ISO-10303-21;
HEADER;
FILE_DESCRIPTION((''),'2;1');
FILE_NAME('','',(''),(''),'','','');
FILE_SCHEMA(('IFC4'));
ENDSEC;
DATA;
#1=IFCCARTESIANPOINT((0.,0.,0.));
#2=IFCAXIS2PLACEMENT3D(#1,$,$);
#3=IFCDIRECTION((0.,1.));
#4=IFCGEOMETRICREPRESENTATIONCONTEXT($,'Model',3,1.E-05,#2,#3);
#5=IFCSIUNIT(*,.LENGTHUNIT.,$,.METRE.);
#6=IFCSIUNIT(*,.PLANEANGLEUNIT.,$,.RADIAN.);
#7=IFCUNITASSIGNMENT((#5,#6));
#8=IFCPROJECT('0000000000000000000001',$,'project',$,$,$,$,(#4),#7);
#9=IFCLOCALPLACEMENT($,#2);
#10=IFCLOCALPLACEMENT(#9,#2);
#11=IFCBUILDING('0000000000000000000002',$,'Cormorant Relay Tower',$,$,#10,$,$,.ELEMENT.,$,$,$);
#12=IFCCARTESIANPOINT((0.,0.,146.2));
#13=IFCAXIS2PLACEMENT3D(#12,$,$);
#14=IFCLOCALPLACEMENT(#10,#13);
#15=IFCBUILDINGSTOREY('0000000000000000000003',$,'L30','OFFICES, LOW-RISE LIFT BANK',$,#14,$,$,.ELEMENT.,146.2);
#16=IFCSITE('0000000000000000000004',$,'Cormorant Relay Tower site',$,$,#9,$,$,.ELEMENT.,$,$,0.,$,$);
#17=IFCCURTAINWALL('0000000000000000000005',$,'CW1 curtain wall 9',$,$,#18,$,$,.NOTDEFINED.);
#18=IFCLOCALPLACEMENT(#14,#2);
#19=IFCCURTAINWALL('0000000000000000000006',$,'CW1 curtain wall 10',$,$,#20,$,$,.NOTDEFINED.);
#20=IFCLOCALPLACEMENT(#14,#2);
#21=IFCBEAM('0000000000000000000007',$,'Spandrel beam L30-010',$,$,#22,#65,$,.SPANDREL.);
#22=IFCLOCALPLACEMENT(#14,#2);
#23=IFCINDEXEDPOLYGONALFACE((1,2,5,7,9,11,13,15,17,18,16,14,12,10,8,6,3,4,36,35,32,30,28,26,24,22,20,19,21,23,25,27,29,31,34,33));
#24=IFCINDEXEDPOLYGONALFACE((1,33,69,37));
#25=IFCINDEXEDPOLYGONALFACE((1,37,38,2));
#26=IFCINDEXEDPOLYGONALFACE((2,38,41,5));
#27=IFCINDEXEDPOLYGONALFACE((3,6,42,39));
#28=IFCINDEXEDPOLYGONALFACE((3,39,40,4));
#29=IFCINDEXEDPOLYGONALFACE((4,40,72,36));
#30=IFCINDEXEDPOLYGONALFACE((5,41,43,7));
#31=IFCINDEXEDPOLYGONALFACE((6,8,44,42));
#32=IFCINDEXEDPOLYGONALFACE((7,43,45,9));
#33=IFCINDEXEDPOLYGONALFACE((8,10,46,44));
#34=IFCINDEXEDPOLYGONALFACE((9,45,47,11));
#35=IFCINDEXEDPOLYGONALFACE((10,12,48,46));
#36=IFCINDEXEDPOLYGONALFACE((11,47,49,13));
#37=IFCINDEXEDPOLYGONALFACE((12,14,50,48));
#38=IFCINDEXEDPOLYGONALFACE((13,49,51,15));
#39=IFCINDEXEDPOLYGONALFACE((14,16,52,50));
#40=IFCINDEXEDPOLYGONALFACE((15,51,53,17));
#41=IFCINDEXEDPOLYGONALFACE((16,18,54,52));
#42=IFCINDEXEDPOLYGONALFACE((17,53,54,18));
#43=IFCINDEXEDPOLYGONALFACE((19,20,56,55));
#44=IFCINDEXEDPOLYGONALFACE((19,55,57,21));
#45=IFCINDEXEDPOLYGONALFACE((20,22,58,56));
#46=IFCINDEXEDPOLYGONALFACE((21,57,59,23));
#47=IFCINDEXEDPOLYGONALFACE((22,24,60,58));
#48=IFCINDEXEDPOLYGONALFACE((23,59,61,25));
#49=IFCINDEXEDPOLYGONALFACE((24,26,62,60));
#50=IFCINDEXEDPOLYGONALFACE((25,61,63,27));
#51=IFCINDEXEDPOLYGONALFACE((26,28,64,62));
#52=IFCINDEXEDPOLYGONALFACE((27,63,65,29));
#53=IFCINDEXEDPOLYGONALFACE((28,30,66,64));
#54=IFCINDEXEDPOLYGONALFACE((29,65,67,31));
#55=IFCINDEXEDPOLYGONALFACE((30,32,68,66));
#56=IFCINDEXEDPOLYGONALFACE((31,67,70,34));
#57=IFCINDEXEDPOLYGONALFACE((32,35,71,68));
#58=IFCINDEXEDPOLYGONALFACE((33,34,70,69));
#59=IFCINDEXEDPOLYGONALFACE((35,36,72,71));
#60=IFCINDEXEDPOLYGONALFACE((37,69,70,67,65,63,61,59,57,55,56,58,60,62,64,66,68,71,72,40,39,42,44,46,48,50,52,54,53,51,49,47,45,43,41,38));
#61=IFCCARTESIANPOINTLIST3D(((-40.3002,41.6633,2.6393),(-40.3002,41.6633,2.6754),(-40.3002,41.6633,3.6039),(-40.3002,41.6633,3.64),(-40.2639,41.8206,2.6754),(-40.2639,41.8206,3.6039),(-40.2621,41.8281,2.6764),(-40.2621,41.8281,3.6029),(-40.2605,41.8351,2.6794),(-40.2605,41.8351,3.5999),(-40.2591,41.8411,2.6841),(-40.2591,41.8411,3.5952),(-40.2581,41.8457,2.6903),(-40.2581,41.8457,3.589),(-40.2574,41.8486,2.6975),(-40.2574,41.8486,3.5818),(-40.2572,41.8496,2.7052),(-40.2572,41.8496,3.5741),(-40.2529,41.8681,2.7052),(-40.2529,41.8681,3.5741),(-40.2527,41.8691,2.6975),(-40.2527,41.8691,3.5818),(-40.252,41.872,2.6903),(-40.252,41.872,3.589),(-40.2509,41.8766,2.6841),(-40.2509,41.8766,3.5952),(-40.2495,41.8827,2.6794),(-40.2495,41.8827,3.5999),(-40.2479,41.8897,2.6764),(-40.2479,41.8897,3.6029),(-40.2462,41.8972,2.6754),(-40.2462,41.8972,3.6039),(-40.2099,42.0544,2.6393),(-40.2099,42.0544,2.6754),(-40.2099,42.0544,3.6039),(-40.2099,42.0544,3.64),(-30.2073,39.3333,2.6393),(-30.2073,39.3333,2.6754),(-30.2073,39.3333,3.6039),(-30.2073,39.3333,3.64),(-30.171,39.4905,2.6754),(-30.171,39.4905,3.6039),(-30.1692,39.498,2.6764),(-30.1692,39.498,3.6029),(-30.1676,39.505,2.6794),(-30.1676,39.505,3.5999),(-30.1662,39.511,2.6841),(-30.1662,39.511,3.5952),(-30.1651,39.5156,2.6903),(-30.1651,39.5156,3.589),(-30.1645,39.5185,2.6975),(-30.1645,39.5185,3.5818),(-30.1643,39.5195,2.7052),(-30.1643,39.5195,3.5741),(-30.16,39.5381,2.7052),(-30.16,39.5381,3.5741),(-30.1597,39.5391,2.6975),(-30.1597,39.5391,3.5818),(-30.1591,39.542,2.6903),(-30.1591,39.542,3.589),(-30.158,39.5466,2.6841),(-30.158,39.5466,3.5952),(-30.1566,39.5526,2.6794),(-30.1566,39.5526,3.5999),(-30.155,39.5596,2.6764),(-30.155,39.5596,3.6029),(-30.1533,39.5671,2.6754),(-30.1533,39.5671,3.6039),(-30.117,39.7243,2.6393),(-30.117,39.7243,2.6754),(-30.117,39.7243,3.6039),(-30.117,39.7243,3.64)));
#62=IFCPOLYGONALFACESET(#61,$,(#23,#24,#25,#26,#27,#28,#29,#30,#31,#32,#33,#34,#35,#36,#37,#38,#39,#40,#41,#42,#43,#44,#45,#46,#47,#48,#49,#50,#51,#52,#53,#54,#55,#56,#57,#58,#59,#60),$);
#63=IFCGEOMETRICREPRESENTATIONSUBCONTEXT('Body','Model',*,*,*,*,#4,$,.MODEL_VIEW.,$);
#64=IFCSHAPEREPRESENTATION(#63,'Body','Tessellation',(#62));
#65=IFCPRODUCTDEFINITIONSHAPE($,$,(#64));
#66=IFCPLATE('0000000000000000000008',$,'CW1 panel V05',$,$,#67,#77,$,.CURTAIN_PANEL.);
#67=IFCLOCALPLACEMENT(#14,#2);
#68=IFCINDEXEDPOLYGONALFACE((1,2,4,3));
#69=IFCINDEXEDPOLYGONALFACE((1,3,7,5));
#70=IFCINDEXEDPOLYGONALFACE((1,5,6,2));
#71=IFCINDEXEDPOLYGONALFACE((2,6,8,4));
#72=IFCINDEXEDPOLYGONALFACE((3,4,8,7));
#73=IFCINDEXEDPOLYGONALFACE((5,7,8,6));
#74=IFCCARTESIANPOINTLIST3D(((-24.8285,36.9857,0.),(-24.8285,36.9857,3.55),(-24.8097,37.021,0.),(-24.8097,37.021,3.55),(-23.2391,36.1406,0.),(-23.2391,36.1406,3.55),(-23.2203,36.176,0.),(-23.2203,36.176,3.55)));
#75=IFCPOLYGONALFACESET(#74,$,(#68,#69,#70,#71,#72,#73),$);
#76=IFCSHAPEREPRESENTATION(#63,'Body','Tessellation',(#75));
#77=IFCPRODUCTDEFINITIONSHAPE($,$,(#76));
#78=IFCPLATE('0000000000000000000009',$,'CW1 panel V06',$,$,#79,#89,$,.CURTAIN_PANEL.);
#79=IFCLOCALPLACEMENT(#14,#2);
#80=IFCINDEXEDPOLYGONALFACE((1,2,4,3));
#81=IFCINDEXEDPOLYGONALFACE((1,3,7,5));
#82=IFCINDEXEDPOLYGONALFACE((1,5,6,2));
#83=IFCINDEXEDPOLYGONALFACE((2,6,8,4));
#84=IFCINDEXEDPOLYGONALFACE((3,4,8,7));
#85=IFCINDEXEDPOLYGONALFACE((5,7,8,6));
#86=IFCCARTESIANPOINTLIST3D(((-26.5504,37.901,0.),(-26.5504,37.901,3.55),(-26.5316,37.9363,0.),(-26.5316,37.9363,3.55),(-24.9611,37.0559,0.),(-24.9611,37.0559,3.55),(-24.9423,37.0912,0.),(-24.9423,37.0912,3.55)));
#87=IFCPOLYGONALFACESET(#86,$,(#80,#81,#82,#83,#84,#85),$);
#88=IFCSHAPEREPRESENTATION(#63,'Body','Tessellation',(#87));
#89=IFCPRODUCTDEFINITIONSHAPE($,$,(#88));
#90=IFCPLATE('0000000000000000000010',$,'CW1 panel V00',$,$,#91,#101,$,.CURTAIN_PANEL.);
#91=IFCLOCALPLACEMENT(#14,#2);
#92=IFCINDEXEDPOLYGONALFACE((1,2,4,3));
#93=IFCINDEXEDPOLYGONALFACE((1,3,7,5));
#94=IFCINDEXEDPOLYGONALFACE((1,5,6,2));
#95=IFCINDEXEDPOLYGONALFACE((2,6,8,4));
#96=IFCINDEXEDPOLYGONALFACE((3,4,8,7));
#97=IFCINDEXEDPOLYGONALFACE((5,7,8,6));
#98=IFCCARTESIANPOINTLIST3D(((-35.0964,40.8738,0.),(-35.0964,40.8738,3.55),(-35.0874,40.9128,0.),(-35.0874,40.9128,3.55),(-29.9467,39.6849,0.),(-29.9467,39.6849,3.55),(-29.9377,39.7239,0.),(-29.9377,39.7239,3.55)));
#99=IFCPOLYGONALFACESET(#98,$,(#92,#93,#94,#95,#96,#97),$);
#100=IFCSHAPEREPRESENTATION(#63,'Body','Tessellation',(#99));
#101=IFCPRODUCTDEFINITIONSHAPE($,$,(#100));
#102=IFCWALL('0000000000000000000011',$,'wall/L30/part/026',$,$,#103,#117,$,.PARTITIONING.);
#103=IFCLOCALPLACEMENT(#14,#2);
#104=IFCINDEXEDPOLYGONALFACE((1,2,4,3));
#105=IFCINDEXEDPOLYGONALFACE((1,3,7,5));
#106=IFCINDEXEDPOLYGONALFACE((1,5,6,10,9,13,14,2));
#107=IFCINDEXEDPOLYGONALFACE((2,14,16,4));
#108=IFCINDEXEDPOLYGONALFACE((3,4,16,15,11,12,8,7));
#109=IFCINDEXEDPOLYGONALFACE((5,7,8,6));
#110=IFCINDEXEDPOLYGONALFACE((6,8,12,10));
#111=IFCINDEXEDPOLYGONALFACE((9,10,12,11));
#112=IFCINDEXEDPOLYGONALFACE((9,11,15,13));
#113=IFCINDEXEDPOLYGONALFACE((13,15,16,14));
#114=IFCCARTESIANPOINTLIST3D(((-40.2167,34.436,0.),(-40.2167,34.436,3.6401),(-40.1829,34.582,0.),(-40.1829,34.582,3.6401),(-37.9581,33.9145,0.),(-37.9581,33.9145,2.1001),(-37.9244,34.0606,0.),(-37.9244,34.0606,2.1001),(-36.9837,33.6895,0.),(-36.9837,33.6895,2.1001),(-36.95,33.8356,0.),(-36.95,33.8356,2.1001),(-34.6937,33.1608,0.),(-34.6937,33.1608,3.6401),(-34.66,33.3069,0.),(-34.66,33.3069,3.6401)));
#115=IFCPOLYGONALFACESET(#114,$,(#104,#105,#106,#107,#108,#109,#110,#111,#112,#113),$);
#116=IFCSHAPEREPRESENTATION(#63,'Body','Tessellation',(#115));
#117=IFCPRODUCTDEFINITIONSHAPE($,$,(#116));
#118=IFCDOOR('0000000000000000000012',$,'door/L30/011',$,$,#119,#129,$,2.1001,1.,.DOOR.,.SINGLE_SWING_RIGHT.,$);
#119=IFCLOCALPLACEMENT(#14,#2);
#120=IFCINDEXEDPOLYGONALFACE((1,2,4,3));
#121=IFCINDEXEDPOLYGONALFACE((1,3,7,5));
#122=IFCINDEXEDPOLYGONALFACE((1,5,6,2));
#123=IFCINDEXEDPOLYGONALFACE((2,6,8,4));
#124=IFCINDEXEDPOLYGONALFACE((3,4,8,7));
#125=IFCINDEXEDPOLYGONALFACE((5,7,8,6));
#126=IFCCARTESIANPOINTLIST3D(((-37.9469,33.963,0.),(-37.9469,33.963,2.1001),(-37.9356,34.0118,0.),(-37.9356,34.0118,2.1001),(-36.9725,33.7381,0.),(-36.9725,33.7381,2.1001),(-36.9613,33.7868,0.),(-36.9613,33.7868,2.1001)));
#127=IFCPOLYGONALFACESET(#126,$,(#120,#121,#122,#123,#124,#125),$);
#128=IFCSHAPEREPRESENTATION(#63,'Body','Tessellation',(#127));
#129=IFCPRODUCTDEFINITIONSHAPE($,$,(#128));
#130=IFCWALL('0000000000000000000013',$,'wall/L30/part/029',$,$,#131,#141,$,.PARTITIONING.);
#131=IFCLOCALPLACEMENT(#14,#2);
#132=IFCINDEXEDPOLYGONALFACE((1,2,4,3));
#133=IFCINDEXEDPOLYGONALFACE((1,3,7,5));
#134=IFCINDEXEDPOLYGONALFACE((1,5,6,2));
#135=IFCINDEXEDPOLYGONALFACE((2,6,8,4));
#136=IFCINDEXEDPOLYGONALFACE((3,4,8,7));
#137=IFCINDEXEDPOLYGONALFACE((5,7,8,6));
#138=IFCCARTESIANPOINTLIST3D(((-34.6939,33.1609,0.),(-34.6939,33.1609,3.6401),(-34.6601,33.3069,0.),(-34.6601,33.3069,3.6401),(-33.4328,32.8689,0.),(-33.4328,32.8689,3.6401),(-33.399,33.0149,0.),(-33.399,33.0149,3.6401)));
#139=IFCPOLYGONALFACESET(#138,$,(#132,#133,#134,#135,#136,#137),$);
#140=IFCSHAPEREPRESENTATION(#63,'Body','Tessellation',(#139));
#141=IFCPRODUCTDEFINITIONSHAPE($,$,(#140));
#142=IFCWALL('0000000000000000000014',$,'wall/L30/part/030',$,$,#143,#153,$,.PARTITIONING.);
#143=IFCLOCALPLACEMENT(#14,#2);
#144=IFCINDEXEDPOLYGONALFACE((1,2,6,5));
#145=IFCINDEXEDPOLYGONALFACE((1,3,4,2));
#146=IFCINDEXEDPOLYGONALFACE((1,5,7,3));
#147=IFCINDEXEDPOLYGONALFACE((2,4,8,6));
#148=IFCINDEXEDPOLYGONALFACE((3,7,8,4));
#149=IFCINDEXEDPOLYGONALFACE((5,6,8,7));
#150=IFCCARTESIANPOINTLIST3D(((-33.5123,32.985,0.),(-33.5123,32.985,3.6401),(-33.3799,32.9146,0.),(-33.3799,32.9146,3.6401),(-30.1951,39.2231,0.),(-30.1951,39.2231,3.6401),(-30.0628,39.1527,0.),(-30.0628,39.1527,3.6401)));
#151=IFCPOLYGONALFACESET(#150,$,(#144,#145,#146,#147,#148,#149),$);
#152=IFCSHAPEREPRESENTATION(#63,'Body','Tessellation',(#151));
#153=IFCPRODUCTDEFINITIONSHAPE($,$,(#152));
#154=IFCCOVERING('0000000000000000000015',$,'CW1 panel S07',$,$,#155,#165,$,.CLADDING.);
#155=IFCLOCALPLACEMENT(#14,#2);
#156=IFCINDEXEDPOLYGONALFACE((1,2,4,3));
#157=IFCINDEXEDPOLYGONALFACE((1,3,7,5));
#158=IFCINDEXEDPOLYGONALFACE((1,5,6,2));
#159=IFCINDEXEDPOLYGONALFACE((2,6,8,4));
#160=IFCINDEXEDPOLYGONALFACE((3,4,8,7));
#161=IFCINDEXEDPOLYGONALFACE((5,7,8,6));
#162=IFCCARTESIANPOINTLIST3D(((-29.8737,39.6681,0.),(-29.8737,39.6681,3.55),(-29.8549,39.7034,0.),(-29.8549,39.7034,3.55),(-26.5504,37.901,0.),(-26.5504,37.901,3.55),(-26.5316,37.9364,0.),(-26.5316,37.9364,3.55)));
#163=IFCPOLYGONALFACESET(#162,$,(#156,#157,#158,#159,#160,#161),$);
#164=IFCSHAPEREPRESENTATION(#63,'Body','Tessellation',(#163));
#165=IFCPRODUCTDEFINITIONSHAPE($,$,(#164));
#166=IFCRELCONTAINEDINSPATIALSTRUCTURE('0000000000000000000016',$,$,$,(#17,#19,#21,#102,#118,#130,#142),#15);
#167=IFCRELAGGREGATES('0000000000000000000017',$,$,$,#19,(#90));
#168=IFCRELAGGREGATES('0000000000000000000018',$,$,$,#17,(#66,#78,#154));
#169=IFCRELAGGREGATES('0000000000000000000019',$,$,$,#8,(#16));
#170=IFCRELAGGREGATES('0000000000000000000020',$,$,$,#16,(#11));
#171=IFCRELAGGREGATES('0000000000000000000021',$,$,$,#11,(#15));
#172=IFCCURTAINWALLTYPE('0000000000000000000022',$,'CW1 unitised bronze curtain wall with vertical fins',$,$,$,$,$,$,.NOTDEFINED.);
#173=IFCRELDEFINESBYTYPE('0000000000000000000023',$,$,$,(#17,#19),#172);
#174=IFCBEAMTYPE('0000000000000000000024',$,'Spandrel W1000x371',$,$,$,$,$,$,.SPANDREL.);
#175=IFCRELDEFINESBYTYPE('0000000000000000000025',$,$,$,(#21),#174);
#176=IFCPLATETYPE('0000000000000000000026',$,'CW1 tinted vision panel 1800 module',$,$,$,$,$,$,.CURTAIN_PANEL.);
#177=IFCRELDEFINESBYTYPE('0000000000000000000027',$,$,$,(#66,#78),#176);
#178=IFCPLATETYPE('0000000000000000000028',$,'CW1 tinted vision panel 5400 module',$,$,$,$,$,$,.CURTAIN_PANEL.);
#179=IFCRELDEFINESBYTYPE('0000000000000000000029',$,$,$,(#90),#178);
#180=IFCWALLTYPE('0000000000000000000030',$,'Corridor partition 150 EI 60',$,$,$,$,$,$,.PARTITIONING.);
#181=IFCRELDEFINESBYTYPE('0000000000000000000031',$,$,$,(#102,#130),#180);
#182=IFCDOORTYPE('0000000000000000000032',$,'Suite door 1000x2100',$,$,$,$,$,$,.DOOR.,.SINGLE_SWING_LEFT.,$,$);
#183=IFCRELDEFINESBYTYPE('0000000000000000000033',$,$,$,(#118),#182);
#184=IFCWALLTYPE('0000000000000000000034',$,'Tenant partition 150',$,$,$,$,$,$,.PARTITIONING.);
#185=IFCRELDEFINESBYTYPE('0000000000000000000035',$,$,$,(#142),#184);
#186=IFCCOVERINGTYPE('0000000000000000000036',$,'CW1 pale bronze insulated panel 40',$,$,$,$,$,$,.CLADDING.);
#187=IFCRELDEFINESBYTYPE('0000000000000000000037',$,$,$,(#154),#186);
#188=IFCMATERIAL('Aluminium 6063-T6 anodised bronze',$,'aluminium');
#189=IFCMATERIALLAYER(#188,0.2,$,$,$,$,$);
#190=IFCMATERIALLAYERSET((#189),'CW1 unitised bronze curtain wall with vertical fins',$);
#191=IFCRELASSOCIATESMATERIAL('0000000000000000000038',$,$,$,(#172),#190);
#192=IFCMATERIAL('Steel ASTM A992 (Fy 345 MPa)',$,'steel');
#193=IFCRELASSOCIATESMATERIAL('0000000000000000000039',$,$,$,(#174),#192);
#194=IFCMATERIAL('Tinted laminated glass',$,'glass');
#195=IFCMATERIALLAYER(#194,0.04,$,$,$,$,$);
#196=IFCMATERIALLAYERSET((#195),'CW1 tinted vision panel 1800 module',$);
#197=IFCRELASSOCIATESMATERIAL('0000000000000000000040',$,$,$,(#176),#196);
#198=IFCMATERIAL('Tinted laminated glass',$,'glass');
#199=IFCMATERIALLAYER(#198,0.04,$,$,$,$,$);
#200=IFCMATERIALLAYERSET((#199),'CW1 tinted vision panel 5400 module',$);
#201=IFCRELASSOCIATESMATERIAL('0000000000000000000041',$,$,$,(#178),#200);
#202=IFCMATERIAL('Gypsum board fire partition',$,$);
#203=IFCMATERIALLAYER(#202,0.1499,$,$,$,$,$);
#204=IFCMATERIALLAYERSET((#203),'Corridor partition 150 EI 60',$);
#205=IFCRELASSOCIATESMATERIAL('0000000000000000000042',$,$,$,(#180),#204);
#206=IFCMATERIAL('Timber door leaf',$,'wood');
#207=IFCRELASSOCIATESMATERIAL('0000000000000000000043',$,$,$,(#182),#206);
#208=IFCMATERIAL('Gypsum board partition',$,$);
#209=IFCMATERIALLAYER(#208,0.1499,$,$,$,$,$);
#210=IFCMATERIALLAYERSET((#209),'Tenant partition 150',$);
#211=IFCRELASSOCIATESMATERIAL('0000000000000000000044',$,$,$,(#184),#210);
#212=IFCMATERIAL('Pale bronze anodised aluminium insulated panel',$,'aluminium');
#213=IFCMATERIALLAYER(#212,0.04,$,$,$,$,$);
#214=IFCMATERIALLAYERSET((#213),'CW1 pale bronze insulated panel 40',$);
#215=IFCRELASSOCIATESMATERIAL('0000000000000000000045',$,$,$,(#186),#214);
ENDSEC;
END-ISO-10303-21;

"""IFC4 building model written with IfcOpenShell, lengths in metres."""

from ifc_helpers import new_model, si_unit, direction, frame, frame_2d, origin, origin_2d, place, context, subcontext, project, spatial, rectangle, i_section, extrude, material, layer, layer_set, material_profile, profile_set, type_object, element, fill, aggregate, save


model = new_model("IFC4")

# Units and contexts
model_context = context("Model", 3, precision=1e-05, world=origin(), true_north=direction((0.0, 1.0)))
body_context = subcontext(model_context, "Body", "Model", "MODEL_VIEW")
ifc_project = project(units=[si_unit("LENGTHUNIT", "METRE"), si_unit("PLANEANGLEUNIT", "RADIAN")], contexts=[model_context])

# Site, building, storey
site_placement = place(None, origin())
site = spatial("IfcSite", under=ifc_project, at=site_placement, Name="Cormorant Relay Tower site", CompositionType="ELEMENT", RefElevation=0.0)
building_placement = place(site_placement, origin())
building = spatial("IfcBuilding", under=site, at=building_placement, Name="Cormorant Relay Tower", CompositionType="ELEMENT")
storey_placement = place(building_placement, frame((0.0, 0.0, 146.2)))
storey = spatial("IfcBuildingStorey", under=building, at=storey_placement, Name="L30", Description="OFFICES, LOW-RISE LIFT BANK", CompositionType="ELEMENT", Elevation=146.2)

# Curtain wall
ifc_material_1 = material(Name="Aluminium 6063-T6 anodised bronze", Category="aluminium")
ifc_layer_1 = layer(ifc_material_1, 0.2)
ifc_layer_set_1 = layer_set([ifc_layer_1], Name="CW1 unitised bronze curtain wall with vertical fins")
curtain_wall_type = type_object("IfcCurtainWallType", Name="CW1 unitised bronze curtain wall with vertical fins", PredefinedType="NOTDEFINED", material=ifc_layer_set_1)
curtain_wall_1_placement = place(storey_placement, origin())
curtain_wall_1 = element("IfcCurtainWall", 1, at=curtain_wall_1_placement, inside=storey, type_object=curtain_wall_type, Name="CW1 curtain wall 9", PredefinedType="NOTDEFINED")

# Curtain wall
curtain_wall_2_placement = place(storey_placement, origin())
curtain_wall_2 = element("IfcCurtainWall", 2, at=curtain_wall_2_placement, inside=storey, type_object=curtain_wall_type, Name="CW1 curtain wall 10", PredefinedType="NOTDEFINED")

# Beam
ifc_material_2 = material(Name="Steel ASTM A992 (Fy 345 MPa)", Category="steel")
ifc_material_profile_1 = material_profile(ifc_material_2, i_section(OverallWidth=0.4014, OverallDepth=1.0007, WebThickness=0.019, FlangeThickness=0.0361, FilletRadius=0.0298, at=origin_2d()), Name="W1000x371")
ifc_profile_set_1 = profile_set([ifc_material_profile_1], Name="Steel ASTM A992 (Fy 345 MPa)")
beam_type = type_object("IfcBeamType", Name="Spandrel W1000x371", PredefinedType="SPANDREL", material=ifc_profile_set_1)
beam_placement = place(storey_placement, frame((-30.1621, 39.5288, 3.1396), z_axis=(-0.974372, 0.224944, 0.0), x_axis=(-0.224944, -0.974372, 0.0)))
element("IfcBeam", 3, at=beam_placement, inside=storey, type_object=beam_type, Name="Spandrel beam L30-010", PredefinedType="SPANDREL", context=body_context, shape_type="SweptSolid", body=[
    extrude(i_section(OverallWidth=0.4014, OverallDepth=1.0007, WebThickness=0.019, FlangeThickness=0.0361, FilletRadius=0.0298, at=origin_2d()), origin(), (0.0, 0.0, 1.0), 10.3584),
])

# Plates
ifc_material_3 = material(Name="Tinted laminated glass", Category="glass")
ifc_layer_2 = layer(ifc_material_3, 0.04)
ifc_layer_set_2 = layer_set([ifc_layer_2], Name="CW1 tinted vision panel 1800 module")
plate_type_1 = type_object("IfcPlateType", Name="CW1 tinted vision panel 1800 module", PredefinedType="CURTAIN_PANEL", material=ifc_layer_set_2)
plate_1_placement = place(storey_placement, frame((-24.0244, 36.5808, 0.0), z_axis=(0.0, 0.0, 1.0), x_axis=(-0.882948, 0.469472, 0.0)))
plate_1 = element("IfcPlate", 4, at=plate_1_placement, type_object=plate_type_1, Name="CW1 panel V05", PredefinedType="CURTAIN_PANEL", context=body_context, shape_type="SweptSolid", body=[
    extrude(rectangle(XDim=1.8, YDim=0.04, at=origin_2d()), origin(), (0.0, 0.0, 1.0), 3.55),
])
plate_2_placement = place(storey_placement, frame((-25.7463, 37.4961, 0.0), z_axis=(0.0, 0.0, 1.0), x_axis=(-0.882948, 0.469472, 0.0)))
plate_2 = element("IfcPlate", 5, at=plate_2_placement, type_object=plate_type_1, Name="CW1 panel V06", PredefinedType="CURTAIN_PANEL", context=body_context, shape_type="SweptSolid", body=[
    extrude(rectangle(XDim=1.8, YDim=0.04, at=origin_2d()), origin(), (0.0, 0.0, 1.0), 3.55),
])
ifc_material_4 = material(Name="Tinted laminated glass", Category="glass")
ifc_layer_3 = layer(ifc_material_4, 0.04)
ifc_layer_set_3 = layer_set([ifc_layer_3], Name="CW1 tinted vision panel 5400 module")
plate_type_2 = type_object("IfcPlateType", Name="CW1 tinted vision panel 5400 module", PredefinedType="CURTAIN_PANEL", material=ifc_layer_set_3)
plate_3_placement = place(storey_placement, frame((-32.5171, 40.2988, 0.0), z_axis=(0.0, 0.0, 1.0), x_axis=(-0.97437, 0.224951, 0.0)))
plate_3 = element("IfcPlate", 6, at=plate_3_placement, type_object=plate_type_2, Name="CW1 panel V00", PredefinedType="CURTAIN_PANEL", context=body_context, shape_type="SweptSolid", body=[
    extrude(rectangle(XDim=5.2852, YDim=0.04, at=origin_2d()), origin(), (0.0, 0.0, 1.0), 3.55),
])
aggregate(curtain_wall_2, [plate_3])

# Wall, opening, door
ifc_material_5 = material(Name="Gypsum board fire partition")
ifc_layer_4 = layer(ifc_material_5, 0.1499)
ifc_layer_set_4 = layer_set([ifc_layer_4], Name="Corridor partition 150 EI 60")
wall_type_1 = type_object("IfcWallType", Name="Corridor partition 150 EI 60", PredefinedType="PARTITIONING", material=ifc_layer_set_4)
wall_1_placement = place(storey_placement, frame((-34.677, 33.2339, 0.0), z_axis=(0.0, 0.0, 1.0), x_axis=(-0.974367, 0.224963, 0.0)))
wall_1 = element("IfcWall", 7, at=wall_1_placement, inside=storey, type_object=wall_type_1, Name="wall/L30/part/026", PredefinedType="PARTITIONING", context=body_context, shape_type="SweptSolid", body=[
    extrude(rectangle(XDim=5.6682, YDim=0.1499, at=frame_2d((2.834, 0.0))), origin(), (0.0, 0.0, 1.0), 3.6401),
])
opening_placement = place(wall_1_placement, frame((2.3501, 0.0, 0.0)))
opening = element("IfcOpeningElement", 8, at=opening_placement, cuts=wall_1, PredefinedType="OPENING", context=body_context, shape_type="SweptSolid", body=[
    extrude(rectangle(XDim=1.0, YDim=2.1001, at=frame_2d((0.5, 1.05))), frame((0.0, 0.085, 0.0), z_axis=(0.0, -1.0, 0.0), x_axis=(1.0, 0.0, 0.0)), (0.0, 0.0, 1.0), 0.1699),
])
ifc_material_6 = material(Name="Timber door leaf", Category="wood")
door_type = type_object("IfcDoorType", Name="Suite door 1000x2100", OperationType="SINGLE_SWING_LEFT", PredefinedType="DOOR", material=ifc_material_6)
door_placement = place(opening_placement, frame((1.0, 0.0, 0.0), z_axis=(0.0, 0.0, 1.0), x_axis=(-1.0, 0.0, 0.0)))
door = element("IfcDoor", 9, at=door_placement, inside=storey, type_object=door_type, Name="door/L30/011", OperationType="SINGLE_SWING_RIGHT", OverallHeight=2.1001, OverallWidth=1.0, PredefinedType="DOOR", context=body_context, shape_type="SweptSolid", body=[
    extrude(rectangle(XDim=1.0, YDim=2.1001, at=frame_2d((0.5, 1.05))), frame((0.0, 0.0249, 0.0), z_axis=(0.0, -1.0, 0.0), x_axis=(1.0, 0.0, 0.0)), (0.0, 0.0, 1.0), 0.05),
])
fill(opening, door)

# Walls
wall_2_placement = place(storey_placement, frame((-34.677, 33.2339, 0.0), z_axis=(0.0, 0.0, 1.0), x_axis=(0.974222, -0.22559, 0.0)))
element("IfcWall", 10, at=wall_2_placement, inside=storey, type_object=wall_type_1, Name="wall/L30/part/029", PredefinedType="PARTITIONING", context=body_context, shape_type="SweptSolid", body=[
    extrude(rectangle(XDim=1.2944, YDim=0.1499, at=frame_2d((0.6472, 0.0))), origin(), (0.0, 0.0, 1.0), 3.6401),
])
ifc_material_7 = material(Name="Gypsum board partition")
ifc_layer_5 = layer(ifc_material_7, 0.1499)
ifc_layer_set_5 = layer_set([ifc_layer_5], Name="Tenant partition 150")
wall_type_2 = type_object("IfcWallType", Name="Tenant partition 150", PredefinedType="PARTITIONING", material=ifc_layer_set_5)
wall_3_placement = place(storey_placement, frame((-30.1289, 39.188, 0.0), z_axis=(0.0, 0.0, 1.0), x_axis=(-0.469506, -0.882929, 0.0)))
element("IfcWall", 11, at=wall_3_placement, inside=storey, type_object=wall_type_2, Name="wall/L30/part/030", PredefinedType="PARTITIONING", context=body_context, shape_type="SweptSolid", body=[
    extrude(rectangle(XDim=7.0652, YDim=0.1499, at=frame_2d((3.5327, 0.0))), origin(), (0.0, 0.0, 1.0), 3.6401),
])

# Covering
ifc_material_8 = material(Name="Pale bronze anodised aluminium insulated panel", Category="aluminium")
ifc_layer_6 = layer(ifc_material_8, 0.04)
ifc_layer_set_6 = layer_set([ifc_layer_6], Name="CW1 pale bronze insulated panel 40")
covering_type = type_object("IfcCoveringType", Name="CW1 pale bronze insulated panel 40", PredefinedType="CLADDING", material=ifc_layer_set_6)
covering_placement = place(storey_placement, frame((-28.2026, 38.8022, 0.0), z_axis=(0.0, 0.0, 1.0), x_axis=(-0.882948, 0.469472, 0.0)))
covering = element("IfcCovering", 12, at=covering_placement, type_object=covering_type, Name="CW1 panel S07", PredefinedType="CLADDING", context=body_context, shape_type="SweptSolid", body=[
    extrude(rectangle(XDim=3.7639, YDim=0.04, at=origin_2d()), origin(), (0.0, 0.0, 1.0), 3.55),
])
aggregate(curtain_wall_1, [plate_1, plate_2, covering])

save(model, "model.ifc")
